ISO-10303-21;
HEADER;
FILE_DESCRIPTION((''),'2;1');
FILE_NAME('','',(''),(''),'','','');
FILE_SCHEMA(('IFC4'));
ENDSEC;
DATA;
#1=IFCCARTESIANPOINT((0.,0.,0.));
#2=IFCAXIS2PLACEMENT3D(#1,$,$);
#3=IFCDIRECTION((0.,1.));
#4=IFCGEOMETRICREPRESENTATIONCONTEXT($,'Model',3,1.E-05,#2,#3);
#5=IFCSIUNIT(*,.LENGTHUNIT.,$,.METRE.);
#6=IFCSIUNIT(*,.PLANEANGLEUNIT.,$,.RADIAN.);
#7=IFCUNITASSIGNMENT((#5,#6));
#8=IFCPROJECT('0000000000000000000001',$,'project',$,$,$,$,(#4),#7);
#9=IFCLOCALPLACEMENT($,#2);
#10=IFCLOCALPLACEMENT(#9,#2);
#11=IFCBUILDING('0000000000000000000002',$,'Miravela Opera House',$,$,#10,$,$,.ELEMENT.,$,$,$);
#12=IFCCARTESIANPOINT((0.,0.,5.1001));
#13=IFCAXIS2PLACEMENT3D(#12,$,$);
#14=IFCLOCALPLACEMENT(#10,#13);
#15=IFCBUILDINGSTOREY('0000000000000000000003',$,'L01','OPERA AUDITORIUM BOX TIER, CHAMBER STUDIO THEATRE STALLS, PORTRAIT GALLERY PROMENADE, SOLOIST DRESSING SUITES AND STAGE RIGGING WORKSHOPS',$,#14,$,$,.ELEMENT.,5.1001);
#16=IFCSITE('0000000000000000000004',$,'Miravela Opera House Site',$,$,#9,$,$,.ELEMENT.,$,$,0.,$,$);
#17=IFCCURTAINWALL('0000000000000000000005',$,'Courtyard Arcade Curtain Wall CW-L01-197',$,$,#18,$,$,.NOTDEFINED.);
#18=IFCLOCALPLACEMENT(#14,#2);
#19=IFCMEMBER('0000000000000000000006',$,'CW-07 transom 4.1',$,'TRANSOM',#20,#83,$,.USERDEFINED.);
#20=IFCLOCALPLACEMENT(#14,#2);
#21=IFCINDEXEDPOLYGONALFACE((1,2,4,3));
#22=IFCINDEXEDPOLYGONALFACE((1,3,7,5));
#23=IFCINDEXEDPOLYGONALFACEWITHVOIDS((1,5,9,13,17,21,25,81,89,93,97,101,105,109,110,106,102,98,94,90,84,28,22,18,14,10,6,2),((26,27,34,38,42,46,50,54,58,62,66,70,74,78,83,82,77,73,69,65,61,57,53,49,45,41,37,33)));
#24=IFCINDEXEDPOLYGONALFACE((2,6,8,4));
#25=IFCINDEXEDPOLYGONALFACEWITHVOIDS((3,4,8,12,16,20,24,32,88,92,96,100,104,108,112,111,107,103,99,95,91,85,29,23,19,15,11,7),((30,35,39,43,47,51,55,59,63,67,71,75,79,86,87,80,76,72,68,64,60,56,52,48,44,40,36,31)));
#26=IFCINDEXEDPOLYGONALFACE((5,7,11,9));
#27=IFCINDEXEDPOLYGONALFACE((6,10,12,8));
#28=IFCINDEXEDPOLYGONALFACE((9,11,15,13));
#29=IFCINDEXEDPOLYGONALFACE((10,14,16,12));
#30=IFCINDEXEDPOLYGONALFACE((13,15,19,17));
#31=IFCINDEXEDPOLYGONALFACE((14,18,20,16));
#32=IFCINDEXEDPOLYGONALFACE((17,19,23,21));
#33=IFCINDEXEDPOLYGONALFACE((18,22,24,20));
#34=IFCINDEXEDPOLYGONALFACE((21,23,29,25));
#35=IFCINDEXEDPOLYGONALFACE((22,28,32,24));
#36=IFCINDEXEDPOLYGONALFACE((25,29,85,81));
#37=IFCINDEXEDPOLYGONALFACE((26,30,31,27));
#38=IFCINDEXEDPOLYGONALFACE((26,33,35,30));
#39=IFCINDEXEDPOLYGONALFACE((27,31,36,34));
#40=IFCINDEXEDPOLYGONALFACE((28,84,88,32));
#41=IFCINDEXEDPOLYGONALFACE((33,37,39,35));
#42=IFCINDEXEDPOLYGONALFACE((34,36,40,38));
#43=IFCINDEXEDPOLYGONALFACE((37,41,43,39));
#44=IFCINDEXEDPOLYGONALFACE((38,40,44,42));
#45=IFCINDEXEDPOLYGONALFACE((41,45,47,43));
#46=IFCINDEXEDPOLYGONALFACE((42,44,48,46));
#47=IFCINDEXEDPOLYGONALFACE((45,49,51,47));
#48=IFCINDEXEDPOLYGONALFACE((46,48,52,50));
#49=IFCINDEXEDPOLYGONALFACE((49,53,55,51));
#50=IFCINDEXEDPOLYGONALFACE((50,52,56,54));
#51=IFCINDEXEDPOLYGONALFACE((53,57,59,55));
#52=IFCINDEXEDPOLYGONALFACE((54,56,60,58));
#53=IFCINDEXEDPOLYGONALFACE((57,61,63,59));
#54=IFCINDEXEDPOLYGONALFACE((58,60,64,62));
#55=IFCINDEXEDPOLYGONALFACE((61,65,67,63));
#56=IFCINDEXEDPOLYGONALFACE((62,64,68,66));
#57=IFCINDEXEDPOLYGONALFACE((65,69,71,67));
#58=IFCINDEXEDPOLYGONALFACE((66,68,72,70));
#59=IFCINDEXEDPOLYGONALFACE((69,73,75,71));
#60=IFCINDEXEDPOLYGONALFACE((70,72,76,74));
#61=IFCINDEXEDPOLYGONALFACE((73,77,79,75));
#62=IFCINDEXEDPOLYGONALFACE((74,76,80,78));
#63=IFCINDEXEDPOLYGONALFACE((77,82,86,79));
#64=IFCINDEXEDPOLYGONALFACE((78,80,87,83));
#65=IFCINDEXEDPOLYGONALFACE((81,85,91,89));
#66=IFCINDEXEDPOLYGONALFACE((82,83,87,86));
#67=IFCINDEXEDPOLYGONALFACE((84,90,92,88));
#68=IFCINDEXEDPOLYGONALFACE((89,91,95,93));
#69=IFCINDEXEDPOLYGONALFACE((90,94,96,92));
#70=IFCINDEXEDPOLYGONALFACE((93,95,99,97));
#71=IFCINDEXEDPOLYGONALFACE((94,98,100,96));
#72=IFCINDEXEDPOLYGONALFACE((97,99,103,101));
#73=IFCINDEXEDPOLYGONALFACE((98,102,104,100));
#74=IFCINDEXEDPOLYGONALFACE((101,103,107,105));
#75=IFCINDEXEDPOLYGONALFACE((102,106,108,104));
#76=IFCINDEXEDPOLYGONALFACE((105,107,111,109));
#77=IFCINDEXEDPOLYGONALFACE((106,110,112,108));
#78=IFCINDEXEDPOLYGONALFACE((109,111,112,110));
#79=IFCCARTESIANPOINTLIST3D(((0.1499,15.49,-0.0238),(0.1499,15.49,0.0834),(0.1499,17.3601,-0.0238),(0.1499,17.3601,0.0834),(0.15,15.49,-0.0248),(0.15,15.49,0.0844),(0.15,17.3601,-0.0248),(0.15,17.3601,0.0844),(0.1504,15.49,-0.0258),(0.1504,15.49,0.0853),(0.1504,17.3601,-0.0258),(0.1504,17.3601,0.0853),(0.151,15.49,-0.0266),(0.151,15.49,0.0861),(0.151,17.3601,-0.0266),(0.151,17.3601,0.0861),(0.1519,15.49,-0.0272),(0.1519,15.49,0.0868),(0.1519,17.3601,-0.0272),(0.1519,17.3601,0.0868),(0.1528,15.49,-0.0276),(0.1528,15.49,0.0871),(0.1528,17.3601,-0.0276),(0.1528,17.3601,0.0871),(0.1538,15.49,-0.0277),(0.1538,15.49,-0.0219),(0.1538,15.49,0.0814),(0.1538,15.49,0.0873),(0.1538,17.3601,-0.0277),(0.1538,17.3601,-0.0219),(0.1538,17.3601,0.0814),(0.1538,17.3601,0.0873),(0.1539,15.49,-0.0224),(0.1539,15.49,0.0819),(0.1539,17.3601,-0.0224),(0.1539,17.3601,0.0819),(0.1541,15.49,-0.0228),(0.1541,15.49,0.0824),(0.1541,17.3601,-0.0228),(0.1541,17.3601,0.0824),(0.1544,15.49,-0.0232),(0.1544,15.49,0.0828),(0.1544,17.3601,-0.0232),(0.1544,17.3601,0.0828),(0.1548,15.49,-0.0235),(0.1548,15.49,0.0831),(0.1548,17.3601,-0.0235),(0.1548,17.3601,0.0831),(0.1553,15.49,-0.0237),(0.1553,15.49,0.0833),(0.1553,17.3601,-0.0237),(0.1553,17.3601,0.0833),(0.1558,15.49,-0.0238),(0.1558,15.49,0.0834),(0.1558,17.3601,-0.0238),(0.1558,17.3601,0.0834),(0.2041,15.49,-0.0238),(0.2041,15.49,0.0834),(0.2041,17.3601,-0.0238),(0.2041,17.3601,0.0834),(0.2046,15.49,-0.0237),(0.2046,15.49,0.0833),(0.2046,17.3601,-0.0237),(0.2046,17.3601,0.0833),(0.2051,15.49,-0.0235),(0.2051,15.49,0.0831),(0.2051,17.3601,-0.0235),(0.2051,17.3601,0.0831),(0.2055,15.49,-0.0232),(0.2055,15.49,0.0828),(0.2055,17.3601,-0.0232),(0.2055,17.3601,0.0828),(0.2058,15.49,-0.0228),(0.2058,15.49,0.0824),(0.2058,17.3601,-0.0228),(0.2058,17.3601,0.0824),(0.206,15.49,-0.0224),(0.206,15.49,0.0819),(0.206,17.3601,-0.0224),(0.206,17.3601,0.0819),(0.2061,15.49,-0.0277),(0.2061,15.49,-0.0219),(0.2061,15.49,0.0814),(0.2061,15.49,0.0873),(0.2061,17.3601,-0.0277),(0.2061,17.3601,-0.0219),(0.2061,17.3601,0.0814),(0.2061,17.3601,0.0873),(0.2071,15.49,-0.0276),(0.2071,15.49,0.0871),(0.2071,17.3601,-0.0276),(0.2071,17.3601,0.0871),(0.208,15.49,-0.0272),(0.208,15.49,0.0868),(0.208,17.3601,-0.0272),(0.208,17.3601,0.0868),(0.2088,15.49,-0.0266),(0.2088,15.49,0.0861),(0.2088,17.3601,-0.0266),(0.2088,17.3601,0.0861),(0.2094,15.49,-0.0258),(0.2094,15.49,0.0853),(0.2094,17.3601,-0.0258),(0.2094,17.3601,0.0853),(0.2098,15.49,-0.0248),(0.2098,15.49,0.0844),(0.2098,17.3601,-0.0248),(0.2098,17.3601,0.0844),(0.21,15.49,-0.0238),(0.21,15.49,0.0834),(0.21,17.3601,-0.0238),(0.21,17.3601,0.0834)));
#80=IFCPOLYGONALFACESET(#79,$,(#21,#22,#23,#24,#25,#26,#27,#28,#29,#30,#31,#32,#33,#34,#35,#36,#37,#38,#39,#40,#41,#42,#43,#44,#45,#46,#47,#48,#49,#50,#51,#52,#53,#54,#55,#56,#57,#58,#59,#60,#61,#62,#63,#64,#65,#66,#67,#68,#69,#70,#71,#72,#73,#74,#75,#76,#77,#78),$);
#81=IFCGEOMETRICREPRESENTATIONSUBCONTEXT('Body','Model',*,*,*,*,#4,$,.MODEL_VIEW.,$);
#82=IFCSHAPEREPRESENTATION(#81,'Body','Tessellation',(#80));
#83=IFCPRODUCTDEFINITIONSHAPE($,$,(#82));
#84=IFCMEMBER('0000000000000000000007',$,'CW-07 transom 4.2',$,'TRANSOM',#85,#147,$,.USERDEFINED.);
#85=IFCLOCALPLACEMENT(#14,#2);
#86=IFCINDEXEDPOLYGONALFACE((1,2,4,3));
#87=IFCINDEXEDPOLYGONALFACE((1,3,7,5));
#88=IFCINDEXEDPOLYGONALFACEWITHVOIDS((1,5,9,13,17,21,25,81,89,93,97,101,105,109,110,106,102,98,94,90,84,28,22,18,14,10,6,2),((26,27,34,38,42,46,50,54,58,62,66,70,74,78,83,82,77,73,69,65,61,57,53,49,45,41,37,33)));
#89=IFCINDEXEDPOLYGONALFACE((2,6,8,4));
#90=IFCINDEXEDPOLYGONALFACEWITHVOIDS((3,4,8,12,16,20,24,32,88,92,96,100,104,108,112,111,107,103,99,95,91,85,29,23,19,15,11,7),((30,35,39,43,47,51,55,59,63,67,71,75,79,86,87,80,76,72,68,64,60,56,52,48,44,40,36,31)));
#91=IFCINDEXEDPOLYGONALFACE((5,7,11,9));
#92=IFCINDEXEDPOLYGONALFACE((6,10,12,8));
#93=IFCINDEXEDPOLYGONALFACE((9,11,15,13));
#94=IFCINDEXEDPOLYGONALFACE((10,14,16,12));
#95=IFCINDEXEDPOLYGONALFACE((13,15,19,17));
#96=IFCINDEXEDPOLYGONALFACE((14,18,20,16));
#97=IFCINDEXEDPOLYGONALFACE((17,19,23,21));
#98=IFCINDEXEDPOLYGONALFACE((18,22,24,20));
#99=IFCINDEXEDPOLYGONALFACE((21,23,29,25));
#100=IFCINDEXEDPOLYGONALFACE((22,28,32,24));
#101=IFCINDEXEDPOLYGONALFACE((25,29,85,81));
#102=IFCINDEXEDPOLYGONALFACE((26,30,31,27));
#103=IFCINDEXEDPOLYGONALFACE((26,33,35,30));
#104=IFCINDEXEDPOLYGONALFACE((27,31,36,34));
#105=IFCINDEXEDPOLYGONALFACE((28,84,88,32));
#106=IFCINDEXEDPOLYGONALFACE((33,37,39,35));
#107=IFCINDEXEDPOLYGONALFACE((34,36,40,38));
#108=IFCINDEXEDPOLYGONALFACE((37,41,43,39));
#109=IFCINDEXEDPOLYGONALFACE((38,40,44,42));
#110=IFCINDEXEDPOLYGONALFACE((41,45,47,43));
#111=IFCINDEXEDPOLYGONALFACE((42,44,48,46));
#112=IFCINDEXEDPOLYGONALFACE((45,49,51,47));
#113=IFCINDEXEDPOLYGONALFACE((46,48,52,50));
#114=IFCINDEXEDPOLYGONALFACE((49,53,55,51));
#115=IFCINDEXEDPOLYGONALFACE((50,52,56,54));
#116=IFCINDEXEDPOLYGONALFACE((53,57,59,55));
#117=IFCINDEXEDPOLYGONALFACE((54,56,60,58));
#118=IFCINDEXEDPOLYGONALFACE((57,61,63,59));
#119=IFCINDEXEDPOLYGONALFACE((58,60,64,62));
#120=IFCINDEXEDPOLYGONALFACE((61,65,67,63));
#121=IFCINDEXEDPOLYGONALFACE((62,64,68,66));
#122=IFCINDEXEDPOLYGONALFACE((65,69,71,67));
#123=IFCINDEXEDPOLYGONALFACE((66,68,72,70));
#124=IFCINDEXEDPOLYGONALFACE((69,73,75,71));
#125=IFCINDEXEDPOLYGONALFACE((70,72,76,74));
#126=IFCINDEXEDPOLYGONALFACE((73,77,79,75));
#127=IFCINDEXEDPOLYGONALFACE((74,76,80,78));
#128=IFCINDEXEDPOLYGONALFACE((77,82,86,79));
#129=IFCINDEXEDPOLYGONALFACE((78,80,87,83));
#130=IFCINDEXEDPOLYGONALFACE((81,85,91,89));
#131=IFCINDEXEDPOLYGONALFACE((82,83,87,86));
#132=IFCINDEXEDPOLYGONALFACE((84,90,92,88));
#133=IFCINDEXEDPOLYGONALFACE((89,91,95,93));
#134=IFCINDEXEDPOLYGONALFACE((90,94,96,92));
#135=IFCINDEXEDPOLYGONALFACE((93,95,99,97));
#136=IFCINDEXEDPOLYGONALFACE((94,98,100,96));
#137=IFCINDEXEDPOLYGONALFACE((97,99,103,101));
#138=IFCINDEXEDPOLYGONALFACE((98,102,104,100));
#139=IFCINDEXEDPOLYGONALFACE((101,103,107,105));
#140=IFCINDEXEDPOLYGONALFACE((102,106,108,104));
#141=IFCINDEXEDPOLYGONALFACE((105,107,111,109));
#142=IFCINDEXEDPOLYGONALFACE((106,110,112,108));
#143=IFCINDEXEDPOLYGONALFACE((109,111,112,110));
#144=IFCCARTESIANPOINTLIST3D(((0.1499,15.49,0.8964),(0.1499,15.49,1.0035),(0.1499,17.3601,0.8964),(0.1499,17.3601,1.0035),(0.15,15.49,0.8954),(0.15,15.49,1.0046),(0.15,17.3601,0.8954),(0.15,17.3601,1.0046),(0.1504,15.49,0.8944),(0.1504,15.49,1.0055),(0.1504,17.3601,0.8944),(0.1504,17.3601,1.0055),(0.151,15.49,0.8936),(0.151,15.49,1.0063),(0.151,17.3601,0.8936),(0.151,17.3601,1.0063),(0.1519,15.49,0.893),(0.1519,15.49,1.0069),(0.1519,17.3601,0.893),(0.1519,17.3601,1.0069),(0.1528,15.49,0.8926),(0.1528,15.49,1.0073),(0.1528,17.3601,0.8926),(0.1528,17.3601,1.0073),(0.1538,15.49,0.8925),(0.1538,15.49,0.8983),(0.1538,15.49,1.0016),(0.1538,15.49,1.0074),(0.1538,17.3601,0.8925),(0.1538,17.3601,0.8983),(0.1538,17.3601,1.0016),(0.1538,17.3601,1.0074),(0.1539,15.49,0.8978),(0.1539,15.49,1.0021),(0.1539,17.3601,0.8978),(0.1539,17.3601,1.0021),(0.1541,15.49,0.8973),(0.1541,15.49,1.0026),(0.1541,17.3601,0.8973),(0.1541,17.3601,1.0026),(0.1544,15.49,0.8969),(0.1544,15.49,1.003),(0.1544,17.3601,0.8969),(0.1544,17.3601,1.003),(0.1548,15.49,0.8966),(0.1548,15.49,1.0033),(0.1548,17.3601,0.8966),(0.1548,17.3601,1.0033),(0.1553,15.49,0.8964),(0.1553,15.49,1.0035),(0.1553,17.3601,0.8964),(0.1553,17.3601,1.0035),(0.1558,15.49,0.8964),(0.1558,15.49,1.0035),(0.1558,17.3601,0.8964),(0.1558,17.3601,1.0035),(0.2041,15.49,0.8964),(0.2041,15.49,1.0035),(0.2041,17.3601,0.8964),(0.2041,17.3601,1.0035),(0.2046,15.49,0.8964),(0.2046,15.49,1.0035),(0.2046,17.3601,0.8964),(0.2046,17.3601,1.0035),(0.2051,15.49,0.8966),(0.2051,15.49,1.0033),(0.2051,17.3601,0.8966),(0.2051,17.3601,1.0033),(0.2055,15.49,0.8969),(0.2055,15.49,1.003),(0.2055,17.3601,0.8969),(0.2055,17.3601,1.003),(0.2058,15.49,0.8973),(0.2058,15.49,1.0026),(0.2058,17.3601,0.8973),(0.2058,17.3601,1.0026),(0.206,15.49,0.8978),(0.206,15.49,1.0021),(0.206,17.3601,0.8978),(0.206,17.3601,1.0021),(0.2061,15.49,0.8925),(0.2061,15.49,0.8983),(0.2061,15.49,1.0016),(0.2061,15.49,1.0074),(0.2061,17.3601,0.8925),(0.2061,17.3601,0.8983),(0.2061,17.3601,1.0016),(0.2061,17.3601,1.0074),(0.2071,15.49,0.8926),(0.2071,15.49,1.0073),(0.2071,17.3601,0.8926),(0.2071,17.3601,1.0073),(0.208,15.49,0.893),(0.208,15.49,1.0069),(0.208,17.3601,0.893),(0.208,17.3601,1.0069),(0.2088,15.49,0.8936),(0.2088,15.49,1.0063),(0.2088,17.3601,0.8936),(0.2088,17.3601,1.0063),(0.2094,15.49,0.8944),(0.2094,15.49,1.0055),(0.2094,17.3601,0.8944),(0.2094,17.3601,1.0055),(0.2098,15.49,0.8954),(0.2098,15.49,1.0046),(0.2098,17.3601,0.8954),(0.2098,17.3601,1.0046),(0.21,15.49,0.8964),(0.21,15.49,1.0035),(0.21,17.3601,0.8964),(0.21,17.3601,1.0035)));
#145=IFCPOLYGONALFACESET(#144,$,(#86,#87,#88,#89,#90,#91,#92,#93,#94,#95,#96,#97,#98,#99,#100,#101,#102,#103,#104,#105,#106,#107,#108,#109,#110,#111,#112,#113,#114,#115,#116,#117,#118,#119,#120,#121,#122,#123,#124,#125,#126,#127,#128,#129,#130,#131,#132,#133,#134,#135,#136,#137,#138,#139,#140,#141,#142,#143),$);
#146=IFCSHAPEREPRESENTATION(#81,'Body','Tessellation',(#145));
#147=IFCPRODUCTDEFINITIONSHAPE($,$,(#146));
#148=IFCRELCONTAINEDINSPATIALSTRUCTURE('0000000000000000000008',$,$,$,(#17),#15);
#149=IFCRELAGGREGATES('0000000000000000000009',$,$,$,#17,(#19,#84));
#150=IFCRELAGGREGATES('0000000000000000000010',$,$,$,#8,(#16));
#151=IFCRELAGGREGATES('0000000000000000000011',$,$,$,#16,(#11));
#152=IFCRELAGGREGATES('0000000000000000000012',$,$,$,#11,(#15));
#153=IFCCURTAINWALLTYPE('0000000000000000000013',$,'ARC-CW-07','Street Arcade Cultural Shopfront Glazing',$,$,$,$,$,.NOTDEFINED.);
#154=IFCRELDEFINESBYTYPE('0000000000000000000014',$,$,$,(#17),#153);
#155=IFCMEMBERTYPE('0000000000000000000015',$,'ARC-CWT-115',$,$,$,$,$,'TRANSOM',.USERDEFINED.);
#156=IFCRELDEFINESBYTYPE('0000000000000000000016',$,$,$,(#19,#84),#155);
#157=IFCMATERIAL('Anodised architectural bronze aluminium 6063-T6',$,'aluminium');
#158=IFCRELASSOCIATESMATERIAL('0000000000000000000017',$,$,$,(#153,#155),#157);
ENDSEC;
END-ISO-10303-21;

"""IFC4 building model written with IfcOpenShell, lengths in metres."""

from ifc_helpers import new_model, si_unit, direction, frame, origin, origin_2d, place, context, subcontext, project, spatial, hollow_rectangle, extrude, material, material_profile, profile_set, type_object, element, aggregate, save


model = new_model("IFC4")

# Units and contexts
model_context = context("Model", 3, precision=1e-05, world=origin(), true_north=direction((0.0, 1.0)))
body_context = subcontext(model_context, "Body", "Model", "MODEL_VIEW")
ifc_project = project(units=[si_unit("LENGTHUNIT", "METRE"), si_unit("PLANEANGLEUNIT", "RADIAN")], contexts=[model_context])

# Site, building, storey
site_placement = place(None, origin())
site = spatial("IfcSite", under=ifc_project, at=site_placement, Name="Miravela Opera House Site", CompositionType="ELEMENT", RefElevation=0.0)
building_placement = place(site_placement, origin())
building = spatial("IfcBuilding", under=site, at=building_placement, Name="Miravela Opera House", CompositionType="ELEMENT")
storey_placement = place(building_placement, frame((0.0, 0.0, 5.1001)))
storey = spatial("IfcBuildingStorey", under=building, at=storey_placement, Name="L01", Description="OPERA AUDITORIUM BOX TIER, CHAMBER STUDIO THEATRE STALLS, PORTRAIT GALLERY PROMENADE, SOLOIST DRESSING SUITES AND STAGE RIGGING WORKSHOPS", CompositionType="ELEMENT", Elevation=5.1001)

# Curtain wall, members
ifc_material_1 = material(Name="Anodised architectural bronze aluminium 6063-T6", Category="aluminium")
curtain_wall_type = type_object("IfcCurtainWallType", Name="ARC-CW-07", Description="Street Arcade Cultural Shopfront Glazing", PredefinedType="NOTDEFINED", material=ifc_material_1)
curtain_wall_placement = place(storey_placement, origin())
curtain_wall = element("IfcCurtainWall", 1, at=curtain_wall_placement, inside=storey, type_object=curtain_wall_type, Name="Courtyard Arcade Curtain Wall CW-L01-197", PredefinedType="NOTDEFINED")
ifc_material_profile_1 = material_profile(ifc_material_1, hollow_rectangle(XDim=0.0601, YDim=0.115, WallThickness=0.0039, InnerFilletRadius=0.002, OuterFilletRadius=0.0039, at=origin_2d()), Name="CWT-60X115")
ifc_profile_set_1 = profile_set([ifc_material_profile_1])
member_type_1 = type_object("IfcMemberType", Name="ARC-CWT-115", ElementType="TRANSOM", PredefinedType="USERDEFINED", material=ifc_profile_set_1)
member_1_placement = place(storey_placement, frame((0.1799, 15.49, 0.0298), z_axis=(0.0, 1.0, 0.0), x_axis=(-1.0, 0.0, 0.0)))
member_1 = element("IfcMember", 2, at=member_1_placement, type_object=member_type_1, Name="CW-07 transom 4.1", ObjectType="TRANSOM", PredefinedType="USERDEFINED", context=body_context, shape_type="SweptSolid", body=[
    extrude(hollow_rectangle(XDim=0.0601, YDim=0.115, WallThickness=0.0039, InnerFilletRadius=0.002, OuterFilletRadius=0.0039, at=origin_2d()), origin(), (0.0, 0.0, 1.0), 1.8701),
])
member_2_placement = place(storey_placement, frame((0.1799, 15.49, 0.95), z_axis=(0.0, 1.0, 0.0), x_axis=(-1.0, 0.0, 0.0)))
member_2 = element("IfcMember", 3, at=member_2_placement, type_object=member_type_1, Name="CW-07 transom 4.2", ObjectType="TRANSOM", PredefinedType="USERDEFINED", context=body_context, shape_type="SweptSolid", body=[
    extrude(hollow_rectangle(XDim=0.0601, YDim=0.115, WallThickness=0.0039, InnerFilletRadius=0.002, OuterFilletRadius=0.0039, at=origin_2d()), origin(), (0.0, 0.0, 1.0), 1.8701),
])
aggregate(curtain_wall, [member_1, member_2])

save(model, "model.ifc")
